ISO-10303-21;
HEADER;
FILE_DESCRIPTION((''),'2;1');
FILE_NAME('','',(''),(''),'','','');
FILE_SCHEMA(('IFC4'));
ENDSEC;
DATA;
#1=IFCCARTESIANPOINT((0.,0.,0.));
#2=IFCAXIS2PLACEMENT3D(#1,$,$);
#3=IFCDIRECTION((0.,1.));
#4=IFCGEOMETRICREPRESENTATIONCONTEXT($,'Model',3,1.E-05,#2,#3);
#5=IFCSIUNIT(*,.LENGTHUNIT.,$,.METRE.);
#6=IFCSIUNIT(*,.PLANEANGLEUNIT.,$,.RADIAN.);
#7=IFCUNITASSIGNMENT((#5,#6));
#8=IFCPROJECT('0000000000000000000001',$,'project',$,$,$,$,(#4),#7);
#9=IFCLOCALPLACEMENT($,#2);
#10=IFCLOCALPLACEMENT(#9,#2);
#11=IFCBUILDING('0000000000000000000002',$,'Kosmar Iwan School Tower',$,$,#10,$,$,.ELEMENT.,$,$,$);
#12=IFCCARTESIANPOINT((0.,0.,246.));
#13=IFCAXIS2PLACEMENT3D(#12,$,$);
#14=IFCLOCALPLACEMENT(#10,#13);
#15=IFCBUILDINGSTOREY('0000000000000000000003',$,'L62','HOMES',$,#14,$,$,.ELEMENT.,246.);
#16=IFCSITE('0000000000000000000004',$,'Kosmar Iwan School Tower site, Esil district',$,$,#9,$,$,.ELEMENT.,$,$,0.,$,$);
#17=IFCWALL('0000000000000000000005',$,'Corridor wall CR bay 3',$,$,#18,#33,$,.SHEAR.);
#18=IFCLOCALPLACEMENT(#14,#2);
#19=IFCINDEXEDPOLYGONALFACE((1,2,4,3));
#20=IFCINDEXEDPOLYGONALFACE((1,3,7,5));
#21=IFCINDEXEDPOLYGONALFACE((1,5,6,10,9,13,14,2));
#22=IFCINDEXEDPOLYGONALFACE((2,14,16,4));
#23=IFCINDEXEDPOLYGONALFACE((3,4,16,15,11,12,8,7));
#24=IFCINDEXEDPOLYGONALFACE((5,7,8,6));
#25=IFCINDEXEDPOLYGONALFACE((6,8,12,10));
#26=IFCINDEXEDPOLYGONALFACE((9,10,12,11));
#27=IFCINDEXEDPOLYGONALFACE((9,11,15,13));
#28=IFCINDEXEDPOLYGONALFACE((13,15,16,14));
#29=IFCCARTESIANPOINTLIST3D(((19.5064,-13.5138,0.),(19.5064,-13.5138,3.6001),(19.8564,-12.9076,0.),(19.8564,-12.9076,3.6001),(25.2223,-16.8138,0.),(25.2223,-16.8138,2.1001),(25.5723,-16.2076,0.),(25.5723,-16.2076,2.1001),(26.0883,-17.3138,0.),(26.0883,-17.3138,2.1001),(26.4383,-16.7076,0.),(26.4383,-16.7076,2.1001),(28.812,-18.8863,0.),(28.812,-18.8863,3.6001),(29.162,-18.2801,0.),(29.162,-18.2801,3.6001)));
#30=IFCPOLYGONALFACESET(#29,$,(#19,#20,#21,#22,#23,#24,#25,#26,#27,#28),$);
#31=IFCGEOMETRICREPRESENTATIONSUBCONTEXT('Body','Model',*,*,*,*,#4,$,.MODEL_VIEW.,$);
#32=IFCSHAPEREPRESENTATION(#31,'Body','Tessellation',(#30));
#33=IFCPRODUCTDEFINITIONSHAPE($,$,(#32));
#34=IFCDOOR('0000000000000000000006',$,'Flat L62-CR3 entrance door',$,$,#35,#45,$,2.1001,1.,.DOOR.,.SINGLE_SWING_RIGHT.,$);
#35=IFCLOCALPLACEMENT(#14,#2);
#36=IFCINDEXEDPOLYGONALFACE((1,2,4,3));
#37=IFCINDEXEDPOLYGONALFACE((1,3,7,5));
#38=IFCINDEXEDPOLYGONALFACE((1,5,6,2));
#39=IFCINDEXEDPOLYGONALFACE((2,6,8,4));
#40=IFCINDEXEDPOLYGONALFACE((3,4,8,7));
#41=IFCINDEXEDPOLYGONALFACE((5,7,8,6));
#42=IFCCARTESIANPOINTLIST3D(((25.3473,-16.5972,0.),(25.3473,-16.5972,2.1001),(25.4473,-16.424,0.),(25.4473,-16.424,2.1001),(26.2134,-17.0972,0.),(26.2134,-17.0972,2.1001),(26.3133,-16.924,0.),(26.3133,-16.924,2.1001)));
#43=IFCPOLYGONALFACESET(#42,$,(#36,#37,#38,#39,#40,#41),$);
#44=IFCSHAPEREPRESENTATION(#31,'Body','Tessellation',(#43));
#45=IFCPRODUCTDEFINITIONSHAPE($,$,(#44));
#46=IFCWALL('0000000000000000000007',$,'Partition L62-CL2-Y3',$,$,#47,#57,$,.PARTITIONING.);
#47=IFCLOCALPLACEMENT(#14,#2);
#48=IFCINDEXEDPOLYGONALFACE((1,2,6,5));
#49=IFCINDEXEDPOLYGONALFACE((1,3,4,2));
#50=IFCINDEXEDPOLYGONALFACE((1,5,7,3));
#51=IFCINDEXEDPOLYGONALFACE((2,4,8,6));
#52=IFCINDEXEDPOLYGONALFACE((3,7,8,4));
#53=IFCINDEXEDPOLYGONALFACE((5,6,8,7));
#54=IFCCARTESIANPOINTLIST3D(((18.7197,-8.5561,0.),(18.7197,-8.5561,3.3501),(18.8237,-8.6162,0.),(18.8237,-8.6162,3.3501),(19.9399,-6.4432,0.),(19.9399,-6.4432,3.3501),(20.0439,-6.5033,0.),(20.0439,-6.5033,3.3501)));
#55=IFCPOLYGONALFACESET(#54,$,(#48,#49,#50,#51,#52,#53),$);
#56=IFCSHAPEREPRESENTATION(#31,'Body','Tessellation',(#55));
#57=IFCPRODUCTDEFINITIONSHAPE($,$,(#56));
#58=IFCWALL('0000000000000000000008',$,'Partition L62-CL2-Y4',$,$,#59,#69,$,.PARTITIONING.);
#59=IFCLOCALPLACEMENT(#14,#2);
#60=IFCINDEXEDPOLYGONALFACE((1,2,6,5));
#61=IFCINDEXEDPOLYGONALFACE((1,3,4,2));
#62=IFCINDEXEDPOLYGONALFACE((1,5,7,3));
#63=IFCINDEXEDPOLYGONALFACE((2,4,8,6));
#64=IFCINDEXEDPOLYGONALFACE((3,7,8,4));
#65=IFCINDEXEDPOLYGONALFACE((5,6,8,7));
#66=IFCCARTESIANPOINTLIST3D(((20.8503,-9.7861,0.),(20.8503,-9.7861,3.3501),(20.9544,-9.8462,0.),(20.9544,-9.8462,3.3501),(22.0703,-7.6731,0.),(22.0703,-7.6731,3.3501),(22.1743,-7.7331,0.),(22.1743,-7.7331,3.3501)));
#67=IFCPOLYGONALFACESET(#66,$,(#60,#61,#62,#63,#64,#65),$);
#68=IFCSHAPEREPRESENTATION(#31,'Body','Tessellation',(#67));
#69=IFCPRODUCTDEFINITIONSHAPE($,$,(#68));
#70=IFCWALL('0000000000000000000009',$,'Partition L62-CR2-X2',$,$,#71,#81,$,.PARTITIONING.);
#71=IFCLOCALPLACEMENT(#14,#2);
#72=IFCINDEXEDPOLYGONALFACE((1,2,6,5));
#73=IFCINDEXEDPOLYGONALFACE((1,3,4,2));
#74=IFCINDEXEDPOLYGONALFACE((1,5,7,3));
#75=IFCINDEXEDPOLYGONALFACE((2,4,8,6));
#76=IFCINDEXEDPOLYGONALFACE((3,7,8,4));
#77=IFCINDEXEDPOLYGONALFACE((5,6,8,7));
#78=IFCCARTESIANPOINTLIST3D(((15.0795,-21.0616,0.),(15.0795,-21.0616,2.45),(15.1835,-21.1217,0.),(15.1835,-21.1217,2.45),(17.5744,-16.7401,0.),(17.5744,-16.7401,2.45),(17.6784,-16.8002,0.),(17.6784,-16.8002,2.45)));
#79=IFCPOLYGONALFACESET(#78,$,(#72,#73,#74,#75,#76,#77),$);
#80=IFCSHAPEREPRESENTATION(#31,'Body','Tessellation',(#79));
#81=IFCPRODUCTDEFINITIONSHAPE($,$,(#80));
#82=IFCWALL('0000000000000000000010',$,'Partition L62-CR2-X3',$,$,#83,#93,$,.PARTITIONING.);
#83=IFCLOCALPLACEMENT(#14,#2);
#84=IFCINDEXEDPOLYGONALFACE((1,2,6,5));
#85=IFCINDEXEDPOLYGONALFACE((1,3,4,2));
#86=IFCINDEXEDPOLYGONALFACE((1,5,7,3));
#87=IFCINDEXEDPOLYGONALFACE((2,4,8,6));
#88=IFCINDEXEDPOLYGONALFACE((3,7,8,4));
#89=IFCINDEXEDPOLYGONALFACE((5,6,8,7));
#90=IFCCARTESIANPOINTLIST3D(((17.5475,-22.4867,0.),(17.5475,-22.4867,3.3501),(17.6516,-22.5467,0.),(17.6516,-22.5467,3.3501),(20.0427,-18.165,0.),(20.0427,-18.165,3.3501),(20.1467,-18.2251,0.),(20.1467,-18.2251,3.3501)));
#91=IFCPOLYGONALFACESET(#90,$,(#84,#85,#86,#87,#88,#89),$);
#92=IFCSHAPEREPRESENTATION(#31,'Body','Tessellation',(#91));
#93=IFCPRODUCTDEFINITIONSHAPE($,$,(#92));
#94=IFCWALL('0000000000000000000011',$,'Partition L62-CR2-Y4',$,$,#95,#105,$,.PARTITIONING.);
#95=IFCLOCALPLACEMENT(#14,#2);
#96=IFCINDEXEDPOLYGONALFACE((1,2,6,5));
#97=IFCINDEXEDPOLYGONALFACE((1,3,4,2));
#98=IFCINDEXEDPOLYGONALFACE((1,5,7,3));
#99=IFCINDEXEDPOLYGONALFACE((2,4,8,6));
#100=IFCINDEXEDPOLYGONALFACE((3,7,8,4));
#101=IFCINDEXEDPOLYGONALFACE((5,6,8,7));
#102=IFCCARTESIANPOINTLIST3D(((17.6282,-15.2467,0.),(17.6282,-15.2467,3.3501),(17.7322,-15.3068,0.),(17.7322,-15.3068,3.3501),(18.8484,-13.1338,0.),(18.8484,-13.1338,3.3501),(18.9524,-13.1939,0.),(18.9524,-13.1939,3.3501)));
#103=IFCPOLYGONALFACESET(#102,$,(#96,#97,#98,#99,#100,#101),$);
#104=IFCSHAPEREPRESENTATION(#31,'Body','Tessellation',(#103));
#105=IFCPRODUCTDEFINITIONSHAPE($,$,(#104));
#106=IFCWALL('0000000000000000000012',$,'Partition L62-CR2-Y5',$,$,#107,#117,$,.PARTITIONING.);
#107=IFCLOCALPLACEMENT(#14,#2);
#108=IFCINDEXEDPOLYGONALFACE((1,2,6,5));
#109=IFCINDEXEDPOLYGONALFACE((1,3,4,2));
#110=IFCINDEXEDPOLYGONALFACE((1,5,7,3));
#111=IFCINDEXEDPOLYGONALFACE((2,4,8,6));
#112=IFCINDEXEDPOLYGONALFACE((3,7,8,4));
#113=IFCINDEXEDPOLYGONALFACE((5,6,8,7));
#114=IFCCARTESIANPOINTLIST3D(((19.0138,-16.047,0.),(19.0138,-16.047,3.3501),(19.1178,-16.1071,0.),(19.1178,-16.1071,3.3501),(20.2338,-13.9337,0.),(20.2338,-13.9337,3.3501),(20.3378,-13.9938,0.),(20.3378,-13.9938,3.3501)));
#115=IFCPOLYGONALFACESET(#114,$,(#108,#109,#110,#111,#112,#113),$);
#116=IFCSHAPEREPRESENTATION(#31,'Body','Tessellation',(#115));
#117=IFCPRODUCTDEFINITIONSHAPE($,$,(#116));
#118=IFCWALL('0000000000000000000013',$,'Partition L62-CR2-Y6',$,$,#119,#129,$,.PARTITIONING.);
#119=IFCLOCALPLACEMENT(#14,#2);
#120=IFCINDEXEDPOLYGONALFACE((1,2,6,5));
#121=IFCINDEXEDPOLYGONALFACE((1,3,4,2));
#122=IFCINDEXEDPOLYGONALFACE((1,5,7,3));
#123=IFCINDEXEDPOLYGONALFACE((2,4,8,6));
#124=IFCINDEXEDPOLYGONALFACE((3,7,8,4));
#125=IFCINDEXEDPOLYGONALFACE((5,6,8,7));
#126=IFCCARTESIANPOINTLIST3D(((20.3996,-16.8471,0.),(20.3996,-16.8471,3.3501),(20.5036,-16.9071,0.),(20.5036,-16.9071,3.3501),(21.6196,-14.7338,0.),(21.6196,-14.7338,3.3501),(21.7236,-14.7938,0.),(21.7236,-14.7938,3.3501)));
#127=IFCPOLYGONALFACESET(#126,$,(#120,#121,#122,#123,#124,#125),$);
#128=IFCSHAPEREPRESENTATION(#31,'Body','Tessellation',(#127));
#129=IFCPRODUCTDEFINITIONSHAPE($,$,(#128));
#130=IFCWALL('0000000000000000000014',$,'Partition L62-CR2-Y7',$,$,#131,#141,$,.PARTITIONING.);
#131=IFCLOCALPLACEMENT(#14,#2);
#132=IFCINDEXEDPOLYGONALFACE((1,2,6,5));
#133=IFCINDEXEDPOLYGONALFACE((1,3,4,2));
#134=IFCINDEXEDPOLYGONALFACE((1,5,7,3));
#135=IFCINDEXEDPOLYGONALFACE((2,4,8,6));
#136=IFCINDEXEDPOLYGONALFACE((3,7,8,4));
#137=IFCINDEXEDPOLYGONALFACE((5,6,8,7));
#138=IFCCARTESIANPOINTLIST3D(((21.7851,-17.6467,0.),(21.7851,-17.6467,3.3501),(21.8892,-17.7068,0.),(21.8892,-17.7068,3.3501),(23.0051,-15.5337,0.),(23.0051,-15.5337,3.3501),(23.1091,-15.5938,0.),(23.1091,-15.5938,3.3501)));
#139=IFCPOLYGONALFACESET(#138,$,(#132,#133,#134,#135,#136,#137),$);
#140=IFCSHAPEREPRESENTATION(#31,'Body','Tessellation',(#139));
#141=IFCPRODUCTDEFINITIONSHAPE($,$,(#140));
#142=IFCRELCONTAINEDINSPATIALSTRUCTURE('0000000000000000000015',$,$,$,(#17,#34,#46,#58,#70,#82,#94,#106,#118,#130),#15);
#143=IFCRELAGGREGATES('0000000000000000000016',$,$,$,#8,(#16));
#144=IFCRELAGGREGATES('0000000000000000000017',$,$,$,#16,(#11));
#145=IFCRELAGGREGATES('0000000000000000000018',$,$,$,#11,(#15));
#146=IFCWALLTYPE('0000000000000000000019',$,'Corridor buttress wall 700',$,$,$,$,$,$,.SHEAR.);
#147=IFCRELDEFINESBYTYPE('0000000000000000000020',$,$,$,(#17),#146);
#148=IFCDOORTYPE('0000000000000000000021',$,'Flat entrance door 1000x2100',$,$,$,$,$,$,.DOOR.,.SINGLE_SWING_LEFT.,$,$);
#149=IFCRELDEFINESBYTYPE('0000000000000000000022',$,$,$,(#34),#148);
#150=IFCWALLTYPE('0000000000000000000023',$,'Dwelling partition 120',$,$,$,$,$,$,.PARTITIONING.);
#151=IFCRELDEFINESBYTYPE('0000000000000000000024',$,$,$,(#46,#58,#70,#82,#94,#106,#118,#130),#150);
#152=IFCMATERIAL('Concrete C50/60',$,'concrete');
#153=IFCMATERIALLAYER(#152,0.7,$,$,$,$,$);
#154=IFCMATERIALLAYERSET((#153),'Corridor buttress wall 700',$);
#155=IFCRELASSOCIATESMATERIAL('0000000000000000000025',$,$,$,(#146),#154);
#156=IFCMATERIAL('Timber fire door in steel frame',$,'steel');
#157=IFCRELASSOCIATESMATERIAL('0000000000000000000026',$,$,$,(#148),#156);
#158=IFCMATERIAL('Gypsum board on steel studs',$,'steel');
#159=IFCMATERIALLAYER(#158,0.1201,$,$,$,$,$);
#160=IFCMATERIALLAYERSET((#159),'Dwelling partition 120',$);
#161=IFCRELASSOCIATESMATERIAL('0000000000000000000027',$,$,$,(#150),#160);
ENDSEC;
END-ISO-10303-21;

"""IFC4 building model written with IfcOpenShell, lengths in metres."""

from ifc_helpers import new_model, si_unit, direction, frame, frame_2d, origin, place, context, subcontext, project, spatial, rectangle, extrude, material, layer, layer_set, type_object, element, fill, save


model = new_model("IFC4")

# Units and contexts
model_context = context("Model", 3, precision=1e-05, world=origin(), true_north=direction((0.0, 1.0)))
body_context = subcontext(model_context, "Body", "Model", "MODEL_VIEW")
ifc_project = project(units=[si_unit("LENGTHUNIT", "METRE"), si_unit("PLANEANGLEUNIT", "RADIAN")], contexts=[model_context])

# Site, building, storey
site_placement = place(None, origin())
site = spatial("IfcSite", under=ifc_project, at=site_placement, Name="Kosmar Iwan School Tower site, Esil district", CompositionType="ELEMENT", RefElevation=0.0)
building_placement = place(site_placement, origin())
building = spatial("IfcBuilding", under=site, at=building_placement, Name="Kosmar Iwan School Tower", CompositionType="ELEMENT")
storey_placement = place(building_placement, frame((0.0, 0.0, 246.0)))
storey = spatial("IfcBuildingStorey", under=building, at=storey_placement, Name="L62", Description="HOMES", CompositionType="ELEMENT", Elevation=246.0)

# Shared definitions
ifc_material_1 = material(Name="Concrete C50/60", Category="concrete")
ifc_layer_1 = layer(ifc_material_1, 0.7)
ifc_layer_set_1 = layer_set([ifc_layer_1], Name="Corridor buttress wall 700")
wall_type_1 = type_object("IfcWallType", Name="Corridor buttress wall 700", PredefinedType="SHEAR", material=ifc_layer_set_1)
ifc_material_2 = material(Name="Timber fire door in steel frame", Category="steel")
door_type_1 = type_object("IfcDoorType", Name="Flat entrance door 1000x2100", OperationType="SINGLE_SWING_LEFT", PredefinedType="DOOR", material=ifc_material_2)

# Wall, opening, door
wall_1_placement = place(storey_placement, frame((19.6814, -13.2107, 0.0), z_axis=(0.0, 0.0, 1.0), x_axis=(0.866028, -0.499995, 0.0)))
wall_1 = element("IfcWall", 1, at=wall_1_placement, inside=storey, type_object=wall_type_1, Name="Corridor wall CR bay 3", PredefinedType="SHEAR", context=body_context, shape_type="SweptSolid", body=[
    extrude(rectangle(XDim=10.7451, YDim=0.7, at=frame_2d((5.3726, 0.0))), origin(), (0.0, 0.0, 1.0), 3.6001),
])
opening_1_placement = place(wall_1_placement, frame((6.6001, 0.0, 0.0)))
opening_1 = element("IfcOpeningElement", 2, at=opening_1_placement, cuts=wall_1, PredefinedType="OPENING", context=body_context, shape_type="SweptSolid", body=[
    extrude(rectangle(XDim=1.0, YDim=2.1001, at=frame_2d((0.5, 1.05))), frame((0.0, 0.3621, 0.0), z_axis=(0.0, -1.0, 0.0), x_axis=(1.0, 0.0, 0.0)), (0.0, 0.0, 1.0), 0.7239),
])
door_1_placement = place(opening_1_placement, origin())
door_1 = element("IfcDoor", 3, at=door_1_placement, inside=storey, type_object=door_type_1, Name="Flat L62-CR3 entrance door", OperationType="SINGLE_SWING_RIGHT", OverallHeight=2.1001, OverallWidth=1.0, PredefinedType="DOOR", context=body_context, shape_type="SweptSolid", body=[
    extrude(rectangle(XDim=1.0, YDim=2.1001, at=frame_2d((0.5, 1.05))), frame((0.0, 0.1001, 0.0), z_axis=(0.0, -1.0, 0.0), x_axis=(1.0, 0.0, 0.0)), (0.0, 0.0, 1.0), 0.2),
])
fill(opening_1, door_1)

# Walls
ifc_material_3 = material(Name="Gypsum board on steel studs", Category="steel")
ifc_layer_2 = layer(ifc_material_3, 0.1201)
ifc_layer_set_2 = layer_set([ifc_layer_2], Name="Dwelling partition 120")
wall_type_2 = type_object("IfcWallType", Name="Dwelling partition 120", PredefinedType="PARTITIONING", material=ifc_layer_set_2)
for number, where, z_axis, x_axis, name in (
    (4, (18.7717, -8.5862, 0.0), (0.0, 0.0, 1.0), (0.500078, 0.865981, 0.0), "Partition L62-CL2-Y3"),
    (5, (20.9023, -9.8162, 0.0), (0.0, 0.0, 1.0), (0.500003, 0.866024, 0.0), "Partition L62-CL2-Y4"),
):
    element("IfcWall", number, at=place(storey_placement, frame(where, z_axis=z_axis, x_axis=x_axis)), inside=storey, type_object=wall_type_2, Name=name, PredefinedType="PARTITIONING", context=body_context, shape_type="SweptSolid", body=[
        extrude(rectangle(XDim=2.4399, YDim=0.1201, at=frame_2d((1.22, 0.0))), origin(), (0.0, 0.0, 1.0), 3.3501),
    ])
wall_2_placement = place(storey_placement, frame((17.6265, -16.77, 0.0), z_axis=(0.0, 0.0, 1.0), x_axis=(-0.499975, -0.86604, 0.0)))
element("IfcWall", 6, at=wall_2_placement, inside=storey, type_object=wall_type_2, Name="Partition L62-CR2-X2", PredefinedType="PARTITIONING", context=body_context, shape_type="SweptSolid", body=[
    extrude(rectangle(XDim=4.99, YDim=0.1201, at=frame_2d((2.4951, 0.0))), origin(), (0.0, 0.0, 1.0), 2.45),
])
wall_3_placement = place(storey_placement, frame((20.0947, -18.1951, 0.0), z_axis=(0.0, 0.0, 1.0), x_axis=(-0.500012, -0.866019, 0.0)))
element("IfcWall", 7, at=wall_3_placement, inside=storey, type_object=wall_type_2, Name="Partition L62-CR2-X3", PredefinedType="PARTITIONING", context=body_context, shape_type="SweptSolid", body=[
    extrude(rectangle(XDim=4.9902, YDim=0.1201, at=frame_2d((2.4951, 0.0))), origin(), (0.0, 0.0, 1.0), 3.3501),
])
wall_4_placement = place(storey_placement, frame((18.9004, -13.1638, 0.0), z_axis=(0.0, 0.0, 1.0), x_axis=(-0.500078, -0.865981, 0.0)))
element("IfcWall", 8, at=wall_4_placement, inside=storey, type_object=wall_type_2, Name="Partition L62-CR2-Y4", PredefinedType="PARTITIONING", context=body_context, shape_type="SweptSolid", body=[
    extrude(rectangle(XDim=2.4399, YDim=0.1201, at=frame_2d((1.22, 0.0))), origin(), (0.0, 0.0, 1.0), 3.3501),
])
for number, where, z_axis, x_axis, name in (
    (9, (20.2859, -13.9636, 0.0), (0.0, 0.0, 1.0), (-0.499959, -0.866049, 0.0), "Partition L62-CR2-Y5"),
    (10, (21.6716, -14.7637, 0.0), (0.0, 0.0, 1.0), (-0.499959, -0.866049, 0.0), "Partition L62-CR2-Y6"),
):
    element("IfcWall", number, at=place(storey_placement, frame(where, z_axis=z_axis, x_axis=x_axis)), inside=storey, type_object=wall_type_2, Name=name, PredefinedType="PARTITIONING", context=body_context, shape_type="SweptSolid", body=[
        extrude(rectangle(XDim=2.4402, YDim=0.1201, at=frame_2d((1.2202, 0.0))), origin(), (0.0, 0.0, 1.0), 3.3501),
    ])
wall_5_placement = place(storey_placement, frame((23.0571, -15.5637, 0.0), z_axis=(0.0, 0.0, 1.0), x_axis=(-0.500003, -0.866024, 0.0)))
element("IfcWall", 11, at=wall_5_placement, inside=storey, type_object=wall_type_2, Name="Partition L62-CR2-Y7", PredefinedType="PARTITIONING", context=body_context, shape_type="SweptSolid", body=[
    extrude(rectangle(XDim=2.4399, YDim=0.1201, at=frame_2d((1.22, 0.0))), origin(), (0.0, 0.0, 1.0), 3.3501),
])

save(model, "model.ifc")
